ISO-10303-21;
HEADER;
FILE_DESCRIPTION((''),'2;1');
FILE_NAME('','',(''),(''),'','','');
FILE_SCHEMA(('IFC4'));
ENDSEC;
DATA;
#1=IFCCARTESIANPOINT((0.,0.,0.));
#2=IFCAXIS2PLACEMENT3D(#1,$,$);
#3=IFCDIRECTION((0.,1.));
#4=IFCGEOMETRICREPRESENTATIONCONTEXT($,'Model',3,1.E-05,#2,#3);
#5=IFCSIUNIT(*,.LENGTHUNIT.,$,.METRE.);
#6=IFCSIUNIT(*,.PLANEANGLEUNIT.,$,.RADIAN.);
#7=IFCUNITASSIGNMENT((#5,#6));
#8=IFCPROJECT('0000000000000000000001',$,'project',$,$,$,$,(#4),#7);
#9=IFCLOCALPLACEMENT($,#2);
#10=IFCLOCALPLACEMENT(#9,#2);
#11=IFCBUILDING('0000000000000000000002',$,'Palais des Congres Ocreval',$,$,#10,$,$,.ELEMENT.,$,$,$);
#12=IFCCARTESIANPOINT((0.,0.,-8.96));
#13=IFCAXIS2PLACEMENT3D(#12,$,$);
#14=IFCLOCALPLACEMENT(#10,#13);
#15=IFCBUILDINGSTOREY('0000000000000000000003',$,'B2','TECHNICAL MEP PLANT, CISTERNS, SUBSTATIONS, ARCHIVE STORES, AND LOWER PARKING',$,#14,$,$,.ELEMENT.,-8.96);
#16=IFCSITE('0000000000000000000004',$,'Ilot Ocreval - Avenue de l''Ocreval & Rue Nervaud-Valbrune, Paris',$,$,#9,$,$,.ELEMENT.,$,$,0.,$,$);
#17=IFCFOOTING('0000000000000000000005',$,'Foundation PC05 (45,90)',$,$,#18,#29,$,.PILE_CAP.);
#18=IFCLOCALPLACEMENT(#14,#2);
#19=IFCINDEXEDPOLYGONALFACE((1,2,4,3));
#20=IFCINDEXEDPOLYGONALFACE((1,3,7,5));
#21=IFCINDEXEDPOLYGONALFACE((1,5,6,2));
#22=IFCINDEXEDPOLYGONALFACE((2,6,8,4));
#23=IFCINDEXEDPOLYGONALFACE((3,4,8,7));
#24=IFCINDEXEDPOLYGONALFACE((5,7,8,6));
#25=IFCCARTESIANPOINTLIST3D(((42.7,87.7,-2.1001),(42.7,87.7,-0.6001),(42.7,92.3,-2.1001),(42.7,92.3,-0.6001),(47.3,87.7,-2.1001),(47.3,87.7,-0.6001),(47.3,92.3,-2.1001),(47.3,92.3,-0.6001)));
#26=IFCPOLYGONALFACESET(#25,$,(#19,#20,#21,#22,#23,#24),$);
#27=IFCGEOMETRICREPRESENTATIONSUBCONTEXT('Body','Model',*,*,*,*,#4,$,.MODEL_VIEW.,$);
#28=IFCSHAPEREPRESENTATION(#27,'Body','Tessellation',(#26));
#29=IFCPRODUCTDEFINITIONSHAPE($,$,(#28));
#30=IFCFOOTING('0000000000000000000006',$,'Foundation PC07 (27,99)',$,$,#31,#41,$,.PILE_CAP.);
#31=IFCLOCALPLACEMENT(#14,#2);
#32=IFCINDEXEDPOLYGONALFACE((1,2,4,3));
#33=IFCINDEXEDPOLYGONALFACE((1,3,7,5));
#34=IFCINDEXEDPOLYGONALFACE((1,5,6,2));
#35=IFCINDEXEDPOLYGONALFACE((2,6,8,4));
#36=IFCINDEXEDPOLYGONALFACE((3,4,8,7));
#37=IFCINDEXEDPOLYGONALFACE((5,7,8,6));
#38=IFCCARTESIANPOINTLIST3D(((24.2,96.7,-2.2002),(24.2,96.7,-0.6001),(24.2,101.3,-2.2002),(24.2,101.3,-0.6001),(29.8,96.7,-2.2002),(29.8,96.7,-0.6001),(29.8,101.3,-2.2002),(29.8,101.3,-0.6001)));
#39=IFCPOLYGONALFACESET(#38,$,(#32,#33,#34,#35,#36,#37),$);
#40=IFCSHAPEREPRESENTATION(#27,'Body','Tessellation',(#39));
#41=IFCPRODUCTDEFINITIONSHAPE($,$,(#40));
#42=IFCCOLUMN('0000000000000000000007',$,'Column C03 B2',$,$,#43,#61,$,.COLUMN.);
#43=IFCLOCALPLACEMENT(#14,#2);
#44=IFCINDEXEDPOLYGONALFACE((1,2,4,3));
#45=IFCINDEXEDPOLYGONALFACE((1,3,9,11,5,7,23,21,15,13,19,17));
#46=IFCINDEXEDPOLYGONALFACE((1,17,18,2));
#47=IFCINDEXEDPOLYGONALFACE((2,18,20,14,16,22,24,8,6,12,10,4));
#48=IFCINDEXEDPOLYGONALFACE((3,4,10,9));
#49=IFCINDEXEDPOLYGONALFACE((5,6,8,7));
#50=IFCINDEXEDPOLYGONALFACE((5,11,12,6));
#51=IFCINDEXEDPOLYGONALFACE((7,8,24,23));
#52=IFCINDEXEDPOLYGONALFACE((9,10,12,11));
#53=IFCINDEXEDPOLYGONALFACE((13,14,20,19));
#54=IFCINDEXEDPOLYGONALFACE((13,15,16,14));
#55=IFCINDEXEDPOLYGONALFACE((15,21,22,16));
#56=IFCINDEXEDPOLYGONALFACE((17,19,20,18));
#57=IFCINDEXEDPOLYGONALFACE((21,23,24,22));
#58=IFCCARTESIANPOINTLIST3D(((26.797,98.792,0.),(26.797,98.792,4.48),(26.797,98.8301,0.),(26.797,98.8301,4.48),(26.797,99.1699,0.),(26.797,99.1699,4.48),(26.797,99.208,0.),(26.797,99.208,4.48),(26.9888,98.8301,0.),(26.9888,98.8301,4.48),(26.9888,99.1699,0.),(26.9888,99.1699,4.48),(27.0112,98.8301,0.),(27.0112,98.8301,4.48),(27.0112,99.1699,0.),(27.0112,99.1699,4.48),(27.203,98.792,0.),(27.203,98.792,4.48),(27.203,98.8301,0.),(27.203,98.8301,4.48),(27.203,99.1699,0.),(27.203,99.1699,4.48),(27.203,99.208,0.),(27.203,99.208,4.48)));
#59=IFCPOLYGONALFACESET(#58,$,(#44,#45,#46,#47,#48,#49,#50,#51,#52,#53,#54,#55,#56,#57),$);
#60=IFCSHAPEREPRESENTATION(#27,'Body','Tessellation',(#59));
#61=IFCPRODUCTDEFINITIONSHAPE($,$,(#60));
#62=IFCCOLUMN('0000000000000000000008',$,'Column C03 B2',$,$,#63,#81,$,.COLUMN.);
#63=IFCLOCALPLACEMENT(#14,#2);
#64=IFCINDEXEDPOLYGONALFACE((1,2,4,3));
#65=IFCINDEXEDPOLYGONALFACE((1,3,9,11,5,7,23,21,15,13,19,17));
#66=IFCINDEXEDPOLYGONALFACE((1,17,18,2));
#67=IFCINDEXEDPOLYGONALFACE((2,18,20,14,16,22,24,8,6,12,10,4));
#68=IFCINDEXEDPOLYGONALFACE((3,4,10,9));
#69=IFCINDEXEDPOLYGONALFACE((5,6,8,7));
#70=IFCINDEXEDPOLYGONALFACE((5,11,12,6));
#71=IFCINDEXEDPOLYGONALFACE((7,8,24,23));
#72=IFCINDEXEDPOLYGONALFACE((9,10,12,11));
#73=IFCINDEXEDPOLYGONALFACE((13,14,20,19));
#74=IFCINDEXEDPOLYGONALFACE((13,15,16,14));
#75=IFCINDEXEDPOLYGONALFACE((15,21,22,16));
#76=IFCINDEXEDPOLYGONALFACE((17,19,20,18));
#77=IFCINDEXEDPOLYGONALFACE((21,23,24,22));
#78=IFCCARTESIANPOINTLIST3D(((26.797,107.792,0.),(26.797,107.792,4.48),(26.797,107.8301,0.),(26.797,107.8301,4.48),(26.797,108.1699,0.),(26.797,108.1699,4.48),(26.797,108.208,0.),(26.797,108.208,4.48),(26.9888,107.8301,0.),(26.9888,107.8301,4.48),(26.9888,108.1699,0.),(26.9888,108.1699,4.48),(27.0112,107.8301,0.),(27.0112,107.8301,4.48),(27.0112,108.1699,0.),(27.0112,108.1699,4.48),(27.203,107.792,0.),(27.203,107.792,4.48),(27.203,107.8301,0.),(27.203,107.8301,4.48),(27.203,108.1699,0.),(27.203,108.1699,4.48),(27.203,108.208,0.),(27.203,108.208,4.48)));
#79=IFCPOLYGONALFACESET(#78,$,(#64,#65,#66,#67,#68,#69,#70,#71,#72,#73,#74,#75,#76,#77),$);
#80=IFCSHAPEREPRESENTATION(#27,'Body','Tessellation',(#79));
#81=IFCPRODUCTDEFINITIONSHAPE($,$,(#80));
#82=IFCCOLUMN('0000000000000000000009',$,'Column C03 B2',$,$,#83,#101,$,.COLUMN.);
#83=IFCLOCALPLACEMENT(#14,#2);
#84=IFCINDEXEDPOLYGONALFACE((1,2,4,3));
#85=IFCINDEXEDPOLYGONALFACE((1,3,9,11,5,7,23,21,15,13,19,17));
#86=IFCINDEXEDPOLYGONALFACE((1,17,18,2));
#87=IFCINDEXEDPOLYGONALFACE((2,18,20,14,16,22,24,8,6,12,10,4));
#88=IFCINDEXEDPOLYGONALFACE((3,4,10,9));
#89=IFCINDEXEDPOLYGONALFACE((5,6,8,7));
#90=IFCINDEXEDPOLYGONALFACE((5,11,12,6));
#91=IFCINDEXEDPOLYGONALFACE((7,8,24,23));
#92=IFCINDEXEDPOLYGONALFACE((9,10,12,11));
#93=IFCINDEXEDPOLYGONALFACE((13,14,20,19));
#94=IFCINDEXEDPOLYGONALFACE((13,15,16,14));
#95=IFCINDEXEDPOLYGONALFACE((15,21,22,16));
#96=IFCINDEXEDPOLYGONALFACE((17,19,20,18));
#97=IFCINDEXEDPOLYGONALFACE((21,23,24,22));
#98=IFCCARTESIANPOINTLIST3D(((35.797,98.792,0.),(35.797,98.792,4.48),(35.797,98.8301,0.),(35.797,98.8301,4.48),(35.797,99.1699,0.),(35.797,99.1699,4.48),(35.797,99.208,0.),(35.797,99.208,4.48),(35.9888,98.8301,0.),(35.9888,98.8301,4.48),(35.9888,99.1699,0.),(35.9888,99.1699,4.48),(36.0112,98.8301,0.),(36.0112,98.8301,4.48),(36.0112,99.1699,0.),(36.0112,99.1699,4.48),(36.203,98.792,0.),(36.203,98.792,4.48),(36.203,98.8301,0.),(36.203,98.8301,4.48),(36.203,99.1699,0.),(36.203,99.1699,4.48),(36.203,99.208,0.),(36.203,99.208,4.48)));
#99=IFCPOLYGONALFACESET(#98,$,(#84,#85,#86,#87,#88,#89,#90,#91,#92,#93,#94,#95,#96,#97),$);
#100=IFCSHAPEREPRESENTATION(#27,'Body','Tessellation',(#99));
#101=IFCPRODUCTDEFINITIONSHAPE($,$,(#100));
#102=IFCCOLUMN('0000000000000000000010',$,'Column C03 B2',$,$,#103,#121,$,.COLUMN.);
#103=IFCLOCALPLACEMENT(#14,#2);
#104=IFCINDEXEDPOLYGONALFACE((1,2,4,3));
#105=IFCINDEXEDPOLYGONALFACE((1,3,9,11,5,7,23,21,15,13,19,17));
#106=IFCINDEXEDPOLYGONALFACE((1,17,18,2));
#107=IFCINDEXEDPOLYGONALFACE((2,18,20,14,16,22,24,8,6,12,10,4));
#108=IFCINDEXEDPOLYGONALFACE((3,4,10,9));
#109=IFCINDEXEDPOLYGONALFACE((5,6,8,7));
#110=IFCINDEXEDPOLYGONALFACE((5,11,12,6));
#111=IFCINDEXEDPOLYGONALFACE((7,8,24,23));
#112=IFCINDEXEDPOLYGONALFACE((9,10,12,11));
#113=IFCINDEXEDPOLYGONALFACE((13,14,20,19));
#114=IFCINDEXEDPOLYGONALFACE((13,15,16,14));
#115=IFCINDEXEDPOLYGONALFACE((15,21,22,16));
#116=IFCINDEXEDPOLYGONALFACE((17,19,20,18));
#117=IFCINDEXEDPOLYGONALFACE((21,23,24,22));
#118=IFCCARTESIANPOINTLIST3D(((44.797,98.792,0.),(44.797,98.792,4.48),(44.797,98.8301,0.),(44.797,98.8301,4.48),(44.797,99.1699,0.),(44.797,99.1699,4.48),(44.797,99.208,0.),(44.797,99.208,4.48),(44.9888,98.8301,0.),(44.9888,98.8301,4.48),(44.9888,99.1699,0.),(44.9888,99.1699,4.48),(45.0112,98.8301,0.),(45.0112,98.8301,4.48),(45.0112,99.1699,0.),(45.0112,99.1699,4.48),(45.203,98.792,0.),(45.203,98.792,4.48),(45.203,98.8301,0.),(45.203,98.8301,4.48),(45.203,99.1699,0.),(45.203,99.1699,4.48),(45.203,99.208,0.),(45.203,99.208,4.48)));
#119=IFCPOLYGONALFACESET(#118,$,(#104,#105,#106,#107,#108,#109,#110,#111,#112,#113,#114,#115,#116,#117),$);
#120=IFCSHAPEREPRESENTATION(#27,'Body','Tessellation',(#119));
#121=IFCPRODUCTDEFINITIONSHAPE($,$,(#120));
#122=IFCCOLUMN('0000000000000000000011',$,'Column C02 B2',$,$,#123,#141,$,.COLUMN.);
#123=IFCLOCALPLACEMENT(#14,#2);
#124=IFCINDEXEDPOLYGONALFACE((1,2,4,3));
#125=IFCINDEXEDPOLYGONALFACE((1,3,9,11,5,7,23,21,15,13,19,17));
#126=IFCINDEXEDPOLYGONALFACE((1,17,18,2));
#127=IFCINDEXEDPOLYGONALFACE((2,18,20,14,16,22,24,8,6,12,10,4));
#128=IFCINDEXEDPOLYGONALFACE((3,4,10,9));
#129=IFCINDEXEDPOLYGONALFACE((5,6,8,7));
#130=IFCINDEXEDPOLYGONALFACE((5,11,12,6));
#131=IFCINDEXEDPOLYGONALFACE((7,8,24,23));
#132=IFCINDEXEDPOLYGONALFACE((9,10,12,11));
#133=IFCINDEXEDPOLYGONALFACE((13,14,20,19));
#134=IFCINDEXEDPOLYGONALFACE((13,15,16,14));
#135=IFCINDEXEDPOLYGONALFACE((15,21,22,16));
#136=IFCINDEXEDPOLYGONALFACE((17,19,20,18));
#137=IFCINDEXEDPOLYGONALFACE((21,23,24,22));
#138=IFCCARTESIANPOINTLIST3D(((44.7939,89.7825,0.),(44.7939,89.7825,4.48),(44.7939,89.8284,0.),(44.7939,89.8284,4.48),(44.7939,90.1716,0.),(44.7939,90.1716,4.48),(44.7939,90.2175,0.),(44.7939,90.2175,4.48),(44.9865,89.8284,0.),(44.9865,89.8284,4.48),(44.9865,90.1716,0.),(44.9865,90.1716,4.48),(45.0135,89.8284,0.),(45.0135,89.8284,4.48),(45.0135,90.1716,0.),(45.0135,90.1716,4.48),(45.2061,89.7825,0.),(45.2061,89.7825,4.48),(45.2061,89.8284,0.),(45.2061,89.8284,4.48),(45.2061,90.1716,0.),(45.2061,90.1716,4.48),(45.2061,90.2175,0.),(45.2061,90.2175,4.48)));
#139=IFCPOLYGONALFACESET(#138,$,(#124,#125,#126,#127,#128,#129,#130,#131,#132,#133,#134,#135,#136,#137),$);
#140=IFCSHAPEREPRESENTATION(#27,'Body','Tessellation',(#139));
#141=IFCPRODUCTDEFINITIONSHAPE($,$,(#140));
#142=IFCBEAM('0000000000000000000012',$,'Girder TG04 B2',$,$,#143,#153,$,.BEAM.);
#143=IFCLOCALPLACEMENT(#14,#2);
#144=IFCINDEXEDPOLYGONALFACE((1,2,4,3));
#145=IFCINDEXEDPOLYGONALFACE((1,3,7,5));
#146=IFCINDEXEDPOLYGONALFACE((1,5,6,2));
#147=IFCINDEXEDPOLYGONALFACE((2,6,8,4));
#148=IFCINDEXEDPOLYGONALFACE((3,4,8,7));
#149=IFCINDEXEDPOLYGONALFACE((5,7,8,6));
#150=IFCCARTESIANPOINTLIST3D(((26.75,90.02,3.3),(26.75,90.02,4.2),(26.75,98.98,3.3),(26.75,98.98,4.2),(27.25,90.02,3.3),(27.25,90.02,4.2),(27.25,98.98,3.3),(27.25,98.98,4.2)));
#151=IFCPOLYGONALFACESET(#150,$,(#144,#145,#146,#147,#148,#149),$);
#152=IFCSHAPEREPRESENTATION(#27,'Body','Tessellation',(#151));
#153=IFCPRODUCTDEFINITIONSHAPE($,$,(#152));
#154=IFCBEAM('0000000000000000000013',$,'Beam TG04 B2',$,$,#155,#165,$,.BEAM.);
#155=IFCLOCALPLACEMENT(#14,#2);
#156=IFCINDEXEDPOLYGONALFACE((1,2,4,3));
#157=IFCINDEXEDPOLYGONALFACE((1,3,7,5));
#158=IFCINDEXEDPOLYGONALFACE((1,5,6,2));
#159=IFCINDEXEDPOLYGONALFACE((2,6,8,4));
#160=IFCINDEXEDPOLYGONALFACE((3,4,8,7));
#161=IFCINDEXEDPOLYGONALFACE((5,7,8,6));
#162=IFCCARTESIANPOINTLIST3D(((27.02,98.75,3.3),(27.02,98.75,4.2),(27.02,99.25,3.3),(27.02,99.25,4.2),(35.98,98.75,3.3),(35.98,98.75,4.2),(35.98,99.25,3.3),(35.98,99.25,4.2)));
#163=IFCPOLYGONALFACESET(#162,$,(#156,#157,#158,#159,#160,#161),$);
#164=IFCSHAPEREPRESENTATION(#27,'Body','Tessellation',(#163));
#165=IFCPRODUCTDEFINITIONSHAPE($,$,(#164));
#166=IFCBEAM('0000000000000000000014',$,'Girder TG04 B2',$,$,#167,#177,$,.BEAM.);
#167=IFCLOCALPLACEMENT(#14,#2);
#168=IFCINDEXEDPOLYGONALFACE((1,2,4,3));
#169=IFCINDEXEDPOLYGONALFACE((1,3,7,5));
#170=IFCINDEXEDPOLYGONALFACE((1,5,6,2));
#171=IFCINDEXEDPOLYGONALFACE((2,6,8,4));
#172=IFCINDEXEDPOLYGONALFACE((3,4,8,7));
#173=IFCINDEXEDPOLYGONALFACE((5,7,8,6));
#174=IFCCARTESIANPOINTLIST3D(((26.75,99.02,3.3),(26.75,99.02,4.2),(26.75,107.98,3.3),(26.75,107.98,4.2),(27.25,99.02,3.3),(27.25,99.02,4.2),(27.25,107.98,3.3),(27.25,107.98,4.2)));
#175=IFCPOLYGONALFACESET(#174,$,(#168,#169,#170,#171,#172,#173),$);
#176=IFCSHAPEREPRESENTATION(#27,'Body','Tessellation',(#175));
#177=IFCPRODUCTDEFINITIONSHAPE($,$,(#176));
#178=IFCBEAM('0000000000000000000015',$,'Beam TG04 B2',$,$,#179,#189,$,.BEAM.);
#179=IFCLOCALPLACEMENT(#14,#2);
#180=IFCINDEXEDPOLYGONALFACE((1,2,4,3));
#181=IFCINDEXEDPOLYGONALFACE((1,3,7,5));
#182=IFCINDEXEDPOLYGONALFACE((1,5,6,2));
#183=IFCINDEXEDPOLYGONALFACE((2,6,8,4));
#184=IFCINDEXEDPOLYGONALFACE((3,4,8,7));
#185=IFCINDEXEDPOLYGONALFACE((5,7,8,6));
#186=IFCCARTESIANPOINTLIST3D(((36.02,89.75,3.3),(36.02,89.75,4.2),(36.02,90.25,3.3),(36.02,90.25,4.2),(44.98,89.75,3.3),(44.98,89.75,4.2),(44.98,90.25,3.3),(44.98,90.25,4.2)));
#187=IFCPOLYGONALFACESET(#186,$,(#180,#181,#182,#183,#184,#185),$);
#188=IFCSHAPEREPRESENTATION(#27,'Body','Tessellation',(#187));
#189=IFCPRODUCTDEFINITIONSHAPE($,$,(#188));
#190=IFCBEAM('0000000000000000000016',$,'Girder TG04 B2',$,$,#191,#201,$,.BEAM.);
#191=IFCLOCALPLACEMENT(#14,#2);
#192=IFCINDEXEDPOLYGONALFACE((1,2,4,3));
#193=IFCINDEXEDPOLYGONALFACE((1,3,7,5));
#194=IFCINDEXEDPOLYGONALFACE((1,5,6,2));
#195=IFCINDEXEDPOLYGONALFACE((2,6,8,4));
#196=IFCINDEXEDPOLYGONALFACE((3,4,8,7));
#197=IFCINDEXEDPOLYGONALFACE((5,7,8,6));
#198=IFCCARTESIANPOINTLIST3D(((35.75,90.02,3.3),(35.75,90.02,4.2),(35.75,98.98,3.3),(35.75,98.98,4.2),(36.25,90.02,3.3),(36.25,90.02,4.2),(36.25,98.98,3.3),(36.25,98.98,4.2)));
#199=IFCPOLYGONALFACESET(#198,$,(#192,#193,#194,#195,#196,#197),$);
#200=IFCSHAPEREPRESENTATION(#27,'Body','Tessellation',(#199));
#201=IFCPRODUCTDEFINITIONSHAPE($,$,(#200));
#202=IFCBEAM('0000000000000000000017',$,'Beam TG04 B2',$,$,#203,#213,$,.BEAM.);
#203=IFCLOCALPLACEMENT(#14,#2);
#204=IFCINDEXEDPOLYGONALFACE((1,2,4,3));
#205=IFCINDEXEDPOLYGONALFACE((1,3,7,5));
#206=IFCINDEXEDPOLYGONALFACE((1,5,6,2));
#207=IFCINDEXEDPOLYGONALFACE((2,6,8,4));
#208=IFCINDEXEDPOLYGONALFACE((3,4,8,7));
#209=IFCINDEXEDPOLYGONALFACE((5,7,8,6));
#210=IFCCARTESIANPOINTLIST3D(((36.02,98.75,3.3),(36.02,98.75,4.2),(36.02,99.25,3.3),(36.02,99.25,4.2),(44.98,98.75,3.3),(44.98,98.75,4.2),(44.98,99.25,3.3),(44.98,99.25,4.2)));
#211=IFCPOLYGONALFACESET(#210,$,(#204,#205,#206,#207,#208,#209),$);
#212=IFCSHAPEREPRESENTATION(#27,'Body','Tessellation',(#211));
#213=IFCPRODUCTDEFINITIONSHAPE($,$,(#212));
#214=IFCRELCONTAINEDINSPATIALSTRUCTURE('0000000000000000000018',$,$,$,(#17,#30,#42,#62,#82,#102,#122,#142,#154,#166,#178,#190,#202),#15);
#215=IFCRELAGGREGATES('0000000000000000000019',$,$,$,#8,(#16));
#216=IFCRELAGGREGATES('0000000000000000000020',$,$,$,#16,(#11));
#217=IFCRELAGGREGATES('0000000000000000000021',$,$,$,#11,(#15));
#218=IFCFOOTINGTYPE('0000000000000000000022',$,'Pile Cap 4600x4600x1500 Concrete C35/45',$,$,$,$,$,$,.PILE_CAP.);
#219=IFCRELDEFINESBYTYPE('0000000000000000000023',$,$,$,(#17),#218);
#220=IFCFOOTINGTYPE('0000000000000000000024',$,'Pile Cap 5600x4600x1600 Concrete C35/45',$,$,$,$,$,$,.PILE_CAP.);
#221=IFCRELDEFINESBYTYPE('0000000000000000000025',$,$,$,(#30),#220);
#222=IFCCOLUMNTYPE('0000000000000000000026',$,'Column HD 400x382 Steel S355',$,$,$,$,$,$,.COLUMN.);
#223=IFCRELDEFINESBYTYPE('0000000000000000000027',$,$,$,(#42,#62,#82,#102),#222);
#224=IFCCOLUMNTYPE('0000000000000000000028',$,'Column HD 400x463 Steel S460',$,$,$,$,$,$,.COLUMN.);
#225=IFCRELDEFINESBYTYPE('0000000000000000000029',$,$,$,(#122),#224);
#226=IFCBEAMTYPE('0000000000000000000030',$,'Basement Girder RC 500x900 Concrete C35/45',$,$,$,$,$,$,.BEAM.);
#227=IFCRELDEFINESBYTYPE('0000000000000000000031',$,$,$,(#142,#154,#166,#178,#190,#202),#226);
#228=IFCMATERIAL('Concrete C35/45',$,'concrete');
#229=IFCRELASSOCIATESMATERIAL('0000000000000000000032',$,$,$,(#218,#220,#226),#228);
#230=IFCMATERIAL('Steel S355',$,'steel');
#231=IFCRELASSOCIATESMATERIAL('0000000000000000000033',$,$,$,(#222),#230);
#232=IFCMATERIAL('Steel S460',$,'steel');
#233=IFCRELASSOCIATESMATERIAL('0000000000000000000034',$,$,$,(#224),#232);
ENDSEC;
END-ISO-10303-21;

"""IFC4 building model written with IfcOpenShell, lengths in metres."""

from ifc_helpers import new_model, si_unit, direction, frame, origin, origin_2d, place, context, subcontext, project, spatial, rectangle, i_section, extrude, material, material_profile, profile_set, type_object, element, save


model = new_model("IFC4")

# Units and contexts
model_context = context("Model", 3, precision=1e-05, world=origin(), true_north=direction((0.0, 1.0)))
body_context = subcontext(model_context, "Body", "Model", "MODEL_VIEW")
ifc_project = project(units=[si_unit("LENGTHUNIT", "METRE"), si_unit("PLANEANGLEUNIT", "RADIAN")], contexts=[model_context])

# Site, building, storey
site_placement = place(None, origin())
site = spatial("IfcSite", under=ifc_project, at=site_placement, Name="Ilot Ocreval - Avenue de l'Ocreval & Rue Nervaud-Valbrune, Paris", CompositionType="ELEMENT", RefElevation=0.0)
building_placement = place(site_placement, origin())
building = spatial("IfcBuilding", under=site, at=building_placement, Name="Palais des Congres Ocreval", CompositionType="ELEMENT")
storey_placement = place(building_placement, frame((0.0, 0.0, -8.96)))
storey = spatial("IfcBuildingStorey", under=building, at=storey_placement, Name="B2", Description="TECHNICAL MEP PLANT, CISTERNS, SUBSTATIONS, ARCHIVE STORES, AND LOWER PARKING", CompositionType="ELEMENT", Elevation=-8.96)

# Shared definitions
ifc_material_1 = material(Name="Concrete C35/45", Category="concrete")

# Footings
footing_type_1 = type_object("IfcFootingType", Name="Pile Cap 4600x4600x1500 Concrete C35/45", PredefinedType="PILE_CAP", material=ifc_material_1)
for number, where, z_axis, x_axis, name in (
    (1, (45.0, 90.0, -2.1001), (0.0, 0.0, 1.0), (1.0, 0.0, 0.0), "Foundation PC05 (45,90)"),
):
    element("IfcFooting", number, at=place(storey_placement, frame(where, z_axis=z_axis, x_axis=x_axis)), inside=storey, type_object=footing_type_1, Name=name, PredefinedType="PILE_CAP", context=body_context, shape_type="SweptSolid", body=[
        extrude(rectangle(XDim=4.6001, YDim=4.6001, at=origin_2d()), origin(), (0.0, 0.0, 1.0), 1.5),
    ])
footing_type_2 = type_object("IfcFootingType", Name="Pile Cap 5600x4600x1600 Concrete C35/45", PredefinedType="PILE_CAP", material=ifc_material_1)
footing_placement = place(storey_placement, frame((27.0, 99.0, -2.2002), z_axis=(0.0, 0.0, 1.0), x_axis=(1.0, 0.0, 0.0)))
element("IfcFooting", 2, at=footing_placement, inside=storey, type_object=footing_type_2, Name="Foundation PC07 (27,99)", PredefinedType="PILE_CAP", context=body_context, shape_type="SweptSolid", body=[
    extrude(rectangle(XDim=5.6001, YDim=4.6001, at=origin_2d()), origin(), (0.0, 0.0, 1.0), 1.6001),
])

# Columns
ifc_material_2 = material(Name="Steel S355", Category="steel")
ifc_material_profile_1 = material_profile(ifc_material_2, i_section(OverallWidth=0.406, OverallDepth=0.416, WebThickness=0.0225, FlangeThickness=0.0381, at=origin_2d()), Name="HD 400x382")
ifc_profile_set_1 = profile_set([ifc_material_profile_1], Name="Steel S355")
column_type_1 = type_object("IfcColumnType", Name="Column HD 400x382 Steel S355", PredefinedType="COLUMN", material=ifc_profile_set_1)
for number, where, z_axis, x_axis, name in (
    (3, (27.0, 99.0, 0.0), (0.0, 0.0, 1.0), (1.0, 0.0, 0.0), "Column C03 B2"),
    (4, (27.0, 108.0, 0.0), (0.0, 0.0, 1.0), (1.0, 0.0, 0.0), "Column C03 B2"),
    (5, (36.0, 99.0, 0.0), (0.0, 0.0, 1.0), (1.0, 0.0, 0.0), "Column C03 B2"),
    (6, (45.0, 99.0, 0.0), (0.0, 0.0, 1.0), (1.0, 0.0, 0.0), "Column C03 B2"),
):
    element("IfcColumn", number, at=place(storey_placement, frame(where, z_axis=z_axis, x_axis=x_axis)), inside=storey, type_object=column_type_1, Name=name, PredefinedType="COLUMN", context=body_context, shape_type="SweptSolid", body=[
        extrude(i_section(OverallWidth=0.406, OverallDepth=0.416, WebThickness=0.0225, FlangeThickness=0.0381, at=origin_2d()), origin(), (0.0, 0.0, 1.0), 4.48),
    ])
ifc_material_3 = material(Name="Steel S460", Category="steel")
ifc_material_profile_2 = material_profile(ifc_material_3, i_section(OverallWidth=0.4121, OverallDepth=0.4351, WebThickness=0.0271, FlangeThickness=0.0459, at=origin_2d()), Name="HD 400x463")
ifc_profile_set_2 = profile_set([ifc_material_profile_2], Name="Steel S460")
column_type_2 = type_object("IfcColumnType", Name="Column HD 400x463 Steel S460", PredefinedType="COLUMN", material=ifc_profile_set_2)
column_placement = place(storey_placement, frame((45.0, 90.0, 0.0), z_axis=(0.0, 0.0, 1.0), x_axis=(1.0, 0.0, 0.0)))
element("IfcColumn", 7, at=column_placement, inside=storey, type_object=column_type_2, Name="Column C02 B2", PredefinedType="COLUMN", context=body_context, shape_type="SweptSolid", body=[
    extrude(i_section(OverallWidth=0.4121, OverallDepth=0.4351, WebThickness=0.0271, FlangeThickness=0.0459, at=origin_2d()), origin(), (0.0, 0.0, 1.0), 4.48),
])

# Beams
ifc_material_profile_3 = material_profile(ifc_material_1, rectangle(XDim=0.5, YDim=0.8999, at=origin_2d()), Name="RC 500x900")
ifc_profile_set_3 = profile_set([ifc_material_profile_3], Name="Concrete C35/45")
beam_type = type_object("IfcBeamType", Name="Basement Girder RC 500x900 Concrete C35/45", PredefinedType="BEAM", material=ifc_profile_set_3)
for number, where, z_axis, x_axis, name in (
    (8, (27.0, 90.02, 3.75), (0.0, 1.0, 0.0), (-1.0, 0.0, 0.0), "Girder TG04 B2"),
    (9, (27.02, 99.0, 3.75), (1.0, 0.0, 0.0), (0.0, 1.0, 0.0), "Beam TG04 B2"),
    (10, (27.0, 99.02, 3.75), (0.0, 1.0, 0.0), (-1.0, 0.0, 0.0), "Girder TG04 B2"),
    (11, (36.02, 90.0, 3.75), (1.0, 0.0, 0.0), (0.0, 1.0, 0.0), "Beam TG04 B2"),
    (12, (36.0, 90.02, 3.75), (0.0, 1.0, 0.0), (-1.0, 0.0, 0.0), "Girder TG04 B2"),
    (13, (36.02, 99.0, 3.75), (1.0, 0.0, 0.0), (0.0, 1.0, 0.0), "Beam TG04 B2"),
):
    element("IfcBeam", number, at=place(storey_placement, frame(where, z_axis=z_axis, x_axis=x_axis)), inside=storey, type_object=beam_type, Name=name, PredefinedType="BEAM", context=body_context, shape_type="SweptSolid", body=[
        extrude(rectangle(XDim=0.5, YDim=0.8999, at=origin_2d()), origin(), (0.0, 0.0, 1.0), 8.96),
    ])

save(model, "model.ifc")
